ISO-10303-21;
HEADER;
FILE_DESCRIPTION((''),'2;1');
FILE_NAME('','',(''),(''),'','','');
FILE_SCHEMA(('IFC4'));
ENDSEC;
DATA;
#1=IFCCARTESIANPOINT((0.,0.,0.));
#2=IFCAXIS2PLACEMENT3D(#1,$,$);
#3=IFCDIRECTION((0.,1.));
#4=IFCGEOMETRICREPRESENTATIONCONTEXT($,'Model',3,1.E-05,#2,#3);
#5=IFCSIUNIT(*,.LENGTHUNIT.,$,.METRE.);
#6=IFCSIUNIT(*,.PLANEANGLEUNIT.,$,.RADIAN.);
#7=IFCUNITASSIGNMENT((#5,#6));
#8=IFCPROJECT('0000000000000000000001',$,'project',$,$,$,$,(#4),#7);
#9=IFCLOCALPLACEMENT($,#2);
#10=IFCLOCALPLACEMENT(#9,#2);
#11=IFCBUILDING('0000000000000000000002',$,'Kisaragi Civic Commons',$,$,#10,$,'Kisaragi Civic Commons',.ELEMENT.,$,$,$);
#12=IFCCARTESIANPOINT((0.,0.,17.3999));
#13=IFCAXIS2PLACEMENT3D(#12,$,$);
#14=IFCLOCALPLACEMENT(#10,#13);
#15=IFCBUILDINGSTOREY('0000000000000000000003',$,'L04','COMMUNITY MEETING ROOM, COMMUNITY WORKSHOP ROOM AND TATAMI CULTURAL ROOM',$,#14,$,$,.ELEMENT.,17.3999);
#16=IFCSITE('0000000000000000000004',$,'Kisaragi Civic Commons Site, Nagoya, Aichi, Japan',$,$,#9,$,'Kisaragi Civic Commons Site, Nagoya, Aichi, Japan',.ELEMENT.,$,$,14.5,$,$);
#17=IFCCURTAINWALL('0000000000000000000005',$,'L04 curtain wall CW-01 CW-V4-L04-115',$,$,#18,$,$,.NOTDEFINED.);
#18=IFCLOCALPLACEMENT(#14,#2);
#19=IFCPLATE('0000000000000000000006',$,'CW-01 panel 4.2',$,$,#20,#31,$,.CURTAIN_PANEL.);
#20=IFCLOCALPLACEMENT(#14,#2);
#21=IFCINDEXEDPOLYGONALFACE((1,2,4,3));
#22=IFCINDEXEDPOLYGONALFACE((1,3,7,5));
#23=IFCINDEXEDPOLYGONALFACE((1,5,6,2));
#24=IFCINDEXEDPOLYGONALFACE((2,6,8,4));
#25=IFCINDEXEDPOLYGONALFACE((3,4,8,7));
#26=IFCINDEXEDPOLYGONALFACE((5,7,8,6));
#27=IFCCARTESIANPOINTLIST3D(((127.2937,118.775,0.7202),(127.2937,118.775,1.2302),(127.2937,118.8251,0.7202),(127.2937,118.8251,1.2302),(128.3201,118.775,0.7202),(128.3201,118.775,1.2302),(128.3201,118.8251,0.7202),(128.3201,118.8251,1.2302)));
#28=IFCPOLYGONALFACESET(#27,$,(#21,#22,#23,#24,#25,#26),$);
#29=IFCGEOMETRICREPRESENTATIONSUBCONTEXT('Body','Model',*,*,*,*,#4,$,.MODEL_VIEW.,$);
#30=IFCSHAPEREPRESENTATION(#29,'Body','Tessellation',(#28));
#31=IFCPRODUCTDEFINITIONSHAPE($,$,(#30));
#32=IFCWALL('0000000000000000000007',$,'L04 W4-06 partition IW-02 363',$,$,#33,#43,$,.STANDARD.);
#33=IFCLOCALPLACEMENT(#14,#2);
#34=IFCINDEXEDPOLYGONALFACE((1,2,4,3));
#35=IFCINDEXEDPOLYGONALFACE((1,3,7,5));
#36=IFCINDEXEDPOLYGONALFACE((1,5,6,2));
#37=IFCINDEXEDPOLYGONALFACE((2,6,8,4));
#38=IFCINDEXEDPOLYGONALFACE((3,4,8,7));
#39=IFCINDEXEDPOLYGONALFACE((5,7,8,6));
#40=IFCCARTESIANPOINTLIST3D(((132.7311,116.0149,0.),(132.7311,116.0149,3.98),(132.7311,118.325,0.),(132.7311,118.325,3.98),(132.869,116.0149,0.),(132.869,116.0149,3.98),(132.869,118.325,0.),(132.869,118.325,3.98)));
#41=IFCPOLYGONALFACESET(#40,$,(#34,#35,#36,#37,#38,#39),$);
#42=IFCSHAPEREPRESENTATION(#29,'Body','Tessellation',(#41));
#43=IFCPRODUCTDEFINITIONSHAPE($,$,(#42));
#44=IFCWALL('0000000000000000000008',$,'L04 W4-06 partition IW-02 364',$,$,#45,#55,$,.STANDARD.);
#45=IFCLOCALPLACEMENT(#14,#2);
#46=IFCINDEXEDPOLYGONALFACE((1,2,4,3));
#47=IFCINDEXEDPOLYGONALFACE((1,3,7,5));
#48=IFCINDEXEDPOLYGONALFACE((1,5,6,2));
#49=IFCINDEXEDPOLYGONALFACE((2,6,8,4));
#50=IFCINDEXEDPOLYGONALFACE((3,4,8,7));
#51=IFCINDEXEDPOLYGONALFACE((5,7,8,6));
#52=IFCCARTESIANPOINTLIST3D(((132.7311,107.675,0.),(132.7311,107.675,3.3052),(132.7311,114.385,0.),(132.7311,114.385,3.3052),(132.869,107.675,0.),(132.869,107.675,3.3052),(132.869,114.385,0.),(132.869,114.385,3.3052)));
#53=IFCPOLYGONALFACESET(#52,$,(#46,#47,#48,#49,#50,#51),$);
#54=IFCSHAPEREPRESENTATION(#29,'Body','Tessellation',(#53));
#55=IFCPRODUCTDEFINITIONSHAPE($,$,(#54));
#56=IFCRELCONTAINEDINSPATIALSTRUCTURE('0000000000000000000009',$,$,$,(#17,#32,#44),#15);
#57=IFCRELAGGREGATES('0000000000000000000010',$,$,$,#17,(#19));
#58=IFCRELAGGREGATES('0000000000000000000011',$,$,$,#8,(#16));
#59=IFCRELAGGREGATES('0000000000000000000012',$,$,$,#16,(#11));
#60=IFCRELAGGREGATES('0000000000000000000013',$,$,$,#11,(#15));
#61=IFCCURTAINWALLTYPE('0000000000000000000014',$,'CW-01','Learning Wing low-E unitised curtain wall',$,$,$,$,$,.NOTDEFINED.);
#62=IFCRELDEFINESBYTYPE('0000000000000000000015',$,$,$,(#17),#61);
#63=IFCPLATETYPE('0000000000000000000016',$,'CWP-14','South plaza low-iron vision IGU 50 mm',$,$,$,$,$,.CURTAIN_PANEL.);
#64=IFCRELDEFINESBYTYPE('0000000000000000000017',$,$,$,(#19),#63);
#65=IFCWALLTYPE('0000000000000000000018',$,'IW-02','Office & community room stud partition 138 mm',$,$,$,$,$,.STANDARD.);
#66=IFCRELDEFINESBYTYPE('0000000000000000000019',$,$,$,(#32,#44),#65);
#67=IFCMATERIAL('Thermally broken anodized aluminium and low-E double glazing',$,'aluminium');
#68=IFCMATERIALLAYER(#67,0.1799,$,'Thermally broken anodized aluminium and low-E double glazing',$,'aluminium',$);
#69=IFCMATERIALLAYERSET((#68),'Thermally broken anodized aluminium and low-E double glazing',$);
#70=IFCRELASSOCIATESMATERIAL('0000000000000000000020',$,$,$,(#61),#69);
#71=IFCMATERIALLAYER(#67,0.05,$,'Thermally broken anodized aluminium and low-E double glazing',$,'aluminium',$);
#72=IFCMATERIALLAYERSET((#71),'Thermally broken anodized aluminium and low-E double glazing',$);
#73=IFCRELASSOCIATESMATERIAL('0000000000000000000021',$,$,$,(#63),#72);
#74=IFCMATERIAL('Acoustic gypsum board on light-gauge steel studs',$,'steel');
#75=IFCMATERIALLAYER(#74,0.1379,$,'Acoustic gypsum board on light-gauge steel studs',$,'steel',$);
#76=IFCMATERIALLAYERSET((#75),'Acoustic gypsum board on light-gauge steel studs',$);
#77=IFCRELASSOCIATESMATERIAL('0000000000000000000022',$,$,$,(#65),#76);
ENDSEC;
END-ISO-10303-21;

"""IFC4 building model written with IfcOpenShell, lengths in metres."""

from ifc_helpers import new_model, si_unit, direction, frame, frame_2d, origin, origin_2d, place, context, subcontext, project, spatial, rectangle, extrude, material, layer, layer_set, type_object, element, aggregate, save


model = new_model("IFC4")

# Units and contexts
model_context = context("Model", 3, precision=1e-05, world=origin(), true_north=direction((0.0, 1.0)))
body_context = subcontext(model_context, "Body", "Model", "MODEL_VIEW")
ifc_project = project(units=[si_unit("LENGTHUNIT", "METRE"), si_unit("PLANEANGLEUNIT", "RADIAN")], contexts=[model_context])

# Site, building, storey
site_placement = place(None, origin())
site = spatial("IfcSite", under=ifc_project, at=site_placement, Name="Kisaragi Civic Commons Site, Nagoya, Aichi, Japan", LongName="Kisaragi Civic Commons Site, Nagoya, Aichi, Japan", CompositionType="ELEMENT", RefElevation=14.5)
building_placement = place(site_placement, origin())
building = spatial("IfcBuilding", under=site, at=building_placement, Name="Kisaragi Civic Commons", LongName="Kisaragi Civic Commons", CompositionType="ELEMENT")
storey_placement = place(building_placement, frame((0.0, 0.0, 17.3999)))
storey = spatial("IfcBuildingStorey", under=building, at=storey_placement, Name="L04", Description="COMMUNITY MEETING ROOM, COMMUNITY WORKSHOP ROOM AND TATAMI CULTURAL ROOM", CompositionType="ELEMENT", Elevation=17.3999)

# Curtain wall, plate
ifc_material_1 = material(Name="Thermally broken anodized aluminium and low-E double glazing", Category="aluminium")
ifc_layer_1 = layer(ifc_material_1, 0.1799, Name="Thermally broken anodized aluminium and low-E double glazing", Category="aluminium")
ifc_layer_set_1 = layer_set([ifc_layer_1], Name="Thermally broken anodized aluminium and low-E double glazing")
curtain_wall_type = type_object("IfcCurtainWallType", Name="CW-01", Description="Learning Wing low-E unitised curtain wall", PredefinedType="NOTDEFINED", material=ifc_layer_set_1)
curtain_wall_placement = place(storey_placement, origin())
curtain_wall = element("IfcCurtainWall", 1, at=curtain_wall_placement, inside=storey, type_object=curtain_wall_type, Name="L04 curtain wall CW-01 CW-V4-L04-115", PredefinedType="NOTDEFINED")
ifc_layer_2 = layer(ifc_material_1, 0.05, Name="Thermally broken anodized aluminium and low-E double glazing", Category="aluminium")
ifc_layer_set_2 = layer_set([ifc_layer_2], Name="Thermally broken anodized aluminium and low-E double glazing")
plate_type = type_object("IfcPlateType", Name="CWP-14", Description="South plaza low-iron vision IGU 50 mm", PredefinedType="CURTAIN_PANEL", material=ifc_layer_set_2)
plate_1_placement = place(storey_placement, frame((127.8069, 118.8, 0.7202), z_axis=(0.0, 0.0, 1.0), x_axis=(1.0, 0.0, 0.0)))
plate_1 = element("IfcPlate", 2, at=plate_1_placement, type_object=plate_type, Name="CW-01 panel 4.2", PredefinedType="CURTAIN_PANEL", context=body_context, shape_type="SweptSolid", body=[
    extrude(rectangle(XDim=1.0264, YDim=0.05, at=origin_2d()), origin(), (0.0, 0.0, 1.0), 0.51),
])
aggregate(curtain_wall, [plate_1])

# Walls
ifc_material_2 = material(Name="Acoustic gypsum board on light-gauge steel studs", Category="steel")
ifc_layer_3 = layer(ifc_material_2, 0.1379, Name="Acoustic gypsum board on light-gauge steel studs", Category="steel")
ifc_layer_set_3 = layer_set([ifc_layer_3], Name="Acoustic gypsum board on light-gauge steel studs")
wall_type = type_object("IfcWallType", Name="IW-02", Description="Office & community room stud partition 138 mm", PredefinedType="STANDARD", material=ifc_layer_set_3)
wall_1_placement = place(storey_placement, frame((132.8, 118.325, 0.0), z_axis=(0.0, 0.0, 1.0), x_axis=(0.0, -1.0, 0.0)))
element("IfcWall", 3, at=wall_1_placement, inside=storey, type_object=wall_type, Name="L04 W4-06 partition IW-02 363", PredefinedType="STANDARD", context=body_context, shape_type="SweptSolid", body=[
    extrude(rectangle(XDim=2.3101, YDim=0.1379, at=frame_2d((1.155, 0.0))), origin(), (0.0, 0.0, 1.0), 3.98),
])
wall_2_placement = place(storey_placement, frame((132.8, 114.385, 0.0), z_axis=(0.0, 0.0, 1.0), x_axis=(0.0, -1.0, 0.0)))
element("IfcWall", 4, at=wall_2_placement, inside=storey, type_object=wall_type, Name="L04 W4-06 partition IW-02 364", PredefinedType="STANDARD", context=body_context, shape_type="SweptSolid", body=[
    extrude(rectangle(XDim=6.71, YDim=0.1379, at=frame_2d((3.355, 0.0))), origin(), (0.0, 0.0, 1.0), 3.3052),
])

save(model, "model.ifc")
